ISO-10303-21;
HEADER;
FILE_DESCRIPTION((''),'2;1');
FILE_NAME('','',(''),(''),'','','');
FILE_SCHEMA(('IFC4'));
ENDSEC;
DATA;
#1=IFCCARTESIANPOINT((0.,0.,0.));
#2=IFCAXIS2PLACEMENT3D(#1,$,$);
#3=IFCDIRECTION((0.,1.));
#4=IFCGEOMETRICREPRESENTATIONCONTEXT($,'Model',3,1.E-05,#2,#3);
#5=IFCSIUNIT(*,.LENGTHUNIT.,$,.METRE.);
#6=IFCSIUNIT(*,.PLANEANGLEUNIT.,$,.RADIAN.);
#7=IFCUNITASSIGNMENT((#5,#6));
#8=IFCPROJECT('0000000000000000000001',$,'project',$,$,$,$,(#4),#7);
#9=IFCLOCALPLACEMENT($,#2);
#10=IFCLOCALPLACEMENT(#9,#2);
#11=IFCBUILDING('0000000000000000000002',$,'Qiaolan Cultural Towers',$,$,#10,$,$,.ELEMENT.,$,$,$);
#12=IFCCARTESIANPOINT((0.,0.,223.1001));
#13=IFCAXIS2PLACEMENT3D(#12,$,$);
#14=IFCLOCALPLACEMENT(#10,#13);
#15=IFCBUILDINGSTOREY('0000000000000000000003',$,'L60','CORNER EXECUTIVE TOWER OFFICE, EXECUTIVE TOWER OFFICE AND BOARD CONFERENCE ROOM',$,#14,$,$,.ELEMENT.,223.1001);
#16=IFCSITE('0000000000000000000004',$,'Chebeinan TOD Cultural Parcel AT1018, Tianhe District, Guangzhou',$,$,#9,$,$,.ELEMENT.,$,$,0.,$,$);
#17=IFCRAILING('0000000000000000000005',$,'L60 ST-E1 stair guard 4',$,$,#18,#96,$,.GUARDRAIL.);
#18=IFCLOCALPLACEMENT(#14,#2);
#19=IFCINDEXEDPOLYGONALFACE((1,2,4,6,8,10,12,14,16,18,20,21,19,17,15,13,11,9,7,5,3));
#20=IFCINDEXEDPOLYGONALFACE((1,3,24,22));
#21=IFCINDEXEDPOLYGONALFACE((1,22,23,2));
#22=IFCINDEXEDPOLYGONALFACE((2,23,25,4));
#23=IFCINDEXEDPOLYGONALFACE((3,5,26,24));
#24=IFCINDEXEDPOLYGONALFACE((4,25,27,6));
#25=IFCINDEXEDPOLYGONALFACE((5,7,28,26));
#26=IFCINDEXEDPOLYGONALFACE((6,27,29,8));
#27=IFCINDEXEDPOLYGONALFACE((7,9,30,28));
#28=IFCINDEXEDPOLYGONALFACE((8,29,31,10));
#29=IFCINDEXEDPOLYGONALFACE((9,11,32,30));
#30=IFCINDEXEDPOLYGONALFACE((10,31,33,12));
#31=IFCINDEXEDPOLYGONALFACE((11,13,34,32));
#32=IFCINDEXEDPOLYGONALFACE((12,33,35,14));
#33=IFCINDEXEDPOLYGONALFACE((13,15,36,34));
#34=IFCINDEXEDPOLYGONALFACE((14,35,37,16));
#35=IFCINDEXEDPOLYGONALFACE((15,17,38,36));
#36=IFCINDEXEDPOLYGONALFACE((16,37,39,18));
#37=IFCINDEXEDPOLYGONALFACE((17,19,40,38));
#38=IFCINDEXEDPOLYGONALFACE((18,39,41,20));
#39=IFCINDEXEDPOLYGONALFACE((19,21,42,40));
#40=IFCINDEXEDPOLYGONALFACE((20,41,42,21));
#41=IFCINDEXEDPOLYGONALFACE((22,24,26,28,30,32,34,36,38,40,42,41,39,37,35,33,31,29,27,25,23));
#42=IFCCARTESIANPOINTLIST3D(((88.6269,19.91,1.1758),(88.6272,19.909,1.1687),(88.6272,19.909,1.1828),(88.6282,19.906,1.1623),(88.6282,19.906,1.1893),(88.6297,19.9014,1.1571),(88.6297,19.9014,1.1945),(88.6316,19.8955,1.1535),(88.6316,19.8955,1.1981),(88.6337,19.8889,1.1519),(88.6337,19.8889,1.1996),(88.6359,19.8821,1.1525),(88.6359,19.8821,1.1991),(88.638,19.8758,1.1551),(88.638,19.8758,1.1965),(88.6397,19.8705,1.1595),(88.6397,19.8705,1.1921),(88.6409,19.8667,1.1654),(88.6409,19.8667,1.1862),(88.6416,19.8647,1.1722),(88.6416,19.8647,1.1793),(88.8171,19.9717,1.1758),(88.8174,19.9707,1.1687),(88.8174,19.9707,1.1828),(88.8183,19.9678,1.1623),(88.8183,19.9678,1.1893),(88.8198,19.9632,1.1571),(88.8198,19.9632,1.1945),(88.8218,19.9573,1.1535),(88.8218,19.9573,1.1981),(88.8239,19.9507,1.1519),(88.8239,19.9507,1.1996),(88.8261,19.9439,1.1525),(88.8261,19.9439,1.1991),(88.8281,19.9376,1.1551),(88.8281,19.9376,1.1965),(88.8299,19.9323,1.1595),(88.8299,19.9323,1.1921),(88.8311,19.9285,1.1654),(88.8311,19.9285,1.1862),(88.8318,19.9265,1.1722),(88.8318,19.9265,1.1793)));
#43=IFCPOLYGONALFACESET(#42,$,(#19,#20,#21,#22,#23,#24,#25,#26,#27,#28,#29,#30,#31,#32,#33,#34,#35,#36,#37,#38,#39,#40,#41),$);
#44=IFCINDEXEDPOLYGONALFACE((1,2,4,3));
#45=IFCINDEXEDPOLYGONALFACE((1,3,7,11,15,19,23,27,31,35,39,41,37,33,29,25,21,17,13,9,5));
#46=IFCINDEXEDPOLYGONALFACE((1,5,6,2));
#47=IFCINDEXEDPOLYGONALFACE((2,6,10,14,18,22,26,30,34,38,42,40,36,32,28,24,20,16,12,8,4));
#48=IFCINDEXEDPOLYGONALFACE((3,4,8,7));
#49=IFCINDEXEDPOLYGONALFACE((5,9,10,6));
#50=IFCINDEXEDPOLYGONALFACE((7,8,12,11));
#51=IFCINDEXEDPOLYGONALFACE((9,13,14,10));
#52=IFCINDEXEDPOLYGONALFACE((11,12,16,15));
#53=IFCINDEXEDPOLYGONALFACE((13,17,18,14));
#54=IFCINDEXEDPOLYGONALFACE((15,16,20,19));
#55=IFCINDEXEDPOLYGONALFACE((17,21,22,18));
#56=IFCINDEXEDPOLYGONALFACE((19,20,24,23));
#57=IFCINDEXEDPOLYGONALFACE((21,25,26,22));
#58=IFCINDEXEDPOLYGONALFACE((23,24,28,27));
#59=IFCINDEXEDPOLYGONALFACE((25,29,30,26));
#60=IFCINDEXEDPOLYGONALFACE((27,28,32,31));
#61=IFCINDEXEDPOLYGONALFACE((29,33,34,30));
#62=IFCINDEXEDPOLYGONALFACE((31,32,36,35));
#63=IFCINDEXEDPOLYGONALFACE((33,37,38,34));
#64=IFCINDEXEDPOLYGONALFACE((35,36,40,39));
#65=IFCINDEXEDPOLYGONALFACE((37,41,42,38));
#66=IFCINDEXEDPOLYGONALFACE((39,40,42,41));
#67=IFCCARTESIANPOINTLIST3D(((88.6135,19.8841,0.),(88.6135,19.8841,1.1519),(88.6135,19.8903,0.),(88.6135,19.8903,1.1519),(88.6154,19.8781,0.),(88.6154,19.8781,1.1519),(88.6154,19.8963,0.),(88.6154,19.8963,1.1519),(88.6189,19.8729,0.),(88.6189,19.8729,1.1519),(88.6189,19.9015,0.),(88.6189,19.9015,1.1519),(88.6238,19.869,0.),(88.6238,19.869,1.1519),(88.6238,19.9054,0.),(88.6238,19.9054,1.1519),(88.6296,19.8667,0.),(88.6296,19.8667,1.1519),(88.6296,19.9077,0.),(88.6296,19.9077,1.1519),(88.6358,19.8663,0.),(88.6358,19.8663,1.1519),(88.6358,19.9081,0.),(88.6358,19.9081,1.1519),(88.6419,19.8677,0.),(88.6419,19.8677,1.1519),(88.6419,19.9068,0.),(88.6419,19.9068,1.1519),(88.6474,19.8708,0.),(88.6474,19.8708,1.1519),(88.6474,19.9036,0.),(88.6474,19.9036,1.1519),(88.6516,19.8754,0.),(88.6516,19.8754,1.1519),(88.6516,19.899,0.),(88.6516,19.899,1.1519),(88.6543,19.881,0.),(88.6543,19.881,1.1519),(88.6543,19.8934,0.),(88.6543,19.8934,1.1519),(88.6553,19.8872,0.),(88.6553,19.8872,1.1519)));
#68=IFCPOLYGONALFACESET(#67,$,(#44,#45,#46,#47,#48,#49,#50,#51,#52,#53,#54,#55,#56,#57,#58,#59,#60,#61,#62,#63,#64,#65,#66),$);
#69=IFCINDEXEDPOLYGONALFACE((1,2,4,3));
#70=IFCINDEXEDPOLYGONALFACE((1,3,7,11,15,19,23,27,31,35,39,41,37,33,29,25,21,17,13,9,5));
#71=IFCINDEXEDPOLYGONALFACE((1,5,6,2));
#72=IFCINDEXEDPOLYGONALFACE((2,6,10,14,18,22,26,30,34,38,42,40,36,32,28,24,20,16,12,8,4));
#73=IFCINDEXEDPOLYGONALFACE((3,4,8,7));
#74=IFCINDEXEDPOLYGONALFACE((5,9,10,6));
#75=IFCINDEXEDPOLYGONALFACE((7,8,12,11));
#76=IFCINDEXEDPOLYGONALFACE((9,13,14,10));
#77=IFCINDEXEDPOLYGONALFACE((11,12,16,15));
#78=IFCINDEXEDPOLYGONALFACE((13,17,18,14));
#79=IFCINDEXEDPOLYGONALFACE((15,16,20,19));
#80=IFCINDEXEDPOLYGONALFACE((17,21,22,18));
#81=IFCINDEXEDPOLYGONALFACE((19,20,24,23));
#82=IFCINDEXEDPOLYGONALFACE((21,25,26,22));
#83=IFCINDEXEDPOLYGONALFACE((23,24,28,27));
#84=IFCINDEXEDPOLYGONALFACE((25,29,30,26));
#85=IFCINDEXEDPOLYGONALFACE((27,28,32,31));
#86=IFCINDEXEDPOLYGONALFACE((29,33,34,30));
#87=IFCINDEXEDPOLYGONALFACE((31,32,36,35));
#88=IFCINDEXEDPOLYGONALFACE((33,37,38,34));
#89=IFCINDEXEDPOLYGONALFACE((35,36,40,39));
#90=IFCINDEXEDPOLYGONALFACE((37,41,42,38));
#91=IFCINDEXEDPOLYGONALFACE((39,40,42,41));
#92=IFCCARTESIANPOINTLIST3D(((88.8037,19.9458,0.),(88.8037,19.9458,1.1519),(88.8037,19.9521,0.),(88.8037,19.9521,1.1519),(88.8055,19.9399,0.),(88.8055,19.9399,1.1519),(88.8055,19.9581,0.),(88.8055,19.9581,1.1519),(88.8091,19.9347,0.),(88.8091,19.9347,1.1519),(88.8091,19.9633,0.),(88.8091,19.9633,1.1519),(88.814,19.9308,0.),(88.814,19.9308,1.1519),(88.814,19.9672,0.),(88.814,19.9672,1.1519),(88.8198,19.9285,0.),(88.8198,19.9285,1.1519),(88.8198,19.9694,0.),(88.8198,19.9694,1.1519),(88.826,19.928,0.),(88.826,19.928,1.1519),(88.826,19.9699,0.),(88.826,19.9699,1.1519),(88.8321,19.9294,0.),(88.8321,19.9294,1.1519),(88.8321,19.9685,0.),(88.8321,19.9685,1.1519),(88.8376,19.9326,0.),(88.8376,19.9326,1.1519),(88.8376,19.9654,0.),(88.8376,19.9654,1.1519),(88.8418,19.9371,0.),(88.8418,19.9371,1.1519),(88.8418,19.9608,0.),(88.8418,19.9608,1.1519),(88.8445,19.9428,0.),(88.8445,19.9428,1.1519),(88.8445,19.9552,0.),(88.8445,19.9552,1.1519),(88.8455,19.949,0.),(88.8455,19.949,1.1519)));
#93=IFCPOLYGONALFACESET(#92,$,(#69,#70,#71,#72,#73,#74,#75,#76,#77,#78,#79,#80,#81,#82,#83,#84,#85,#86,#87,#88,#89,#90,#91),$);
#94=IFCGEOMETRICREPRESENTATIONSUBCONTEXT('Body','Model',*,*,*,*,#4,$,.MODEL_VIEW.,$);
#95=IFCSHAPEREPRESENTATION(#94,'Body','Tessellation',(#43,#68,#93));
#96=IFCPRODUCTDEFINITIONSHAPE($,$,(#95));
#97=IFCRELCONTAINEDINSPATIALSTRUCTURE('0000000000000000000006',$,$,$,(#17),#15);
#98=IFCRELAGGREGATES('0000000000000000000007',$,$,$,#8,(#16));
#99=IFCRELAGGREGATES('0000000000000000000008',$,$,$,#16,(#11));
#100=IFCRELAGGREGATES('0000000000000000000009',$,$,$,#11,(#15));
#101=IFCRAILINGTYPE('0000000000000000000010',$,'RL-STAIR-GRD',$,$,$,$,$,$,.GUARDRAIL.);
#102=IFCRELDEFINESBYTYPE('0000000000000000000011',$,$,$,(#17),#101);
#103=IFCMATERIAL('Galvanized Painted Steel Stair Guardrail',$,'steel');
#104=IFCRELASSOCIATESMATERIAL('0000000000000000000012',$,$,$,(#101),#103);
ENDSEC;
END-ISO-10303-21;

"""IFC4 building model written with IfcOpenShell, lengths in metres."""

from ifc_helpers import new_model, si_unit, direction, frame, origin, origin_2d, place, context, subcontext, project, spatial, circle, extrude, material, type_object, element, save


model = new_model("IFC4")

# Units and contexts
model_context = context("Model", 3, precision=1e-05, world=origin(), true_north=direction((0.0, 1.0)))
body_context = subcontext(model_context, "Body", "Model", "MODEL_VIEW")
ifc_project = project(units=[si_unit("LENGTHUNIT", "METRE"), si_unit("PLANEANGLEUNIT", "RADIAN")], contexts=[model_context])

# Site, building, storey
site_placement = place(None, origin())
site = spatial("IfcSite", under=ifc_project, at=site_placement, Name="Chebeinan TOD Cultural Parcel AT1018, Tianhe District, Guangzhou", CompositionType="ELEMENT", RefElevation=0.0)
building_placement = place(site_placement, origin())
building = spatial("IfcBuilding", under=site, at=building_placement, Name="Qiaolan Cultural Towers", CompositionType="ELEMENT")
storey_placement = place(building_placement, frame((0.0, 0.0, 223.1001)))
storey = spatial("IfcBuildingStorey", under=building, at=storey_placement, Name="L60", Description="CORNER EXECUTIVE TOWER OFFICE, EXECUTIVE TOWER OFFICE AND BOARD CONFERENCE ROOM", CompositionType="ELEMENT", Elevation=223.1001)

# Railing
ifc_material_1 = material(Name="Galvanized Painted Steel Stair Guardrail", Category="steel")
railing_type_1 = type_object("IfcRailingType", Name="RL-STAIR-GRD", PredefinedType="GUARDRAIL", material=ifc_material_1)
railing_1_placement = place(storey_placement, frame((88.6343, 19.8872, 0.0)))
element("IfcRailing", 1, at=railing_1_placement, inside=storey, type_object=railing_type_1, Name="L60 ST-E1 stair guard 4", PredefinedType="GUARDRAIL", context=body_context, shape_type="SweptSolid", body=[
    extrude(circle(Radius=0.0239, at=origin_2d()), frame((0.0, 0.0, 1.1758), z_axis=(0.951097, 0.308893, 0.0), x_axis=(-0.308893, 0.951097, 0.0)), (0.0, 0.0, 1.0), 0.2),
    extrude(circle(Radius=0.021, at=origin_2d()), origin(), (0.0, 0.0, 1.0), 1.1519),
    extrude(circle(Radius=0.021, at=origin_2d()), frame((0.1902, 0.0618, 0.0)), (0.0, 0.0, 1.0), 1.1519),
])

save(model, "model.ifc")
